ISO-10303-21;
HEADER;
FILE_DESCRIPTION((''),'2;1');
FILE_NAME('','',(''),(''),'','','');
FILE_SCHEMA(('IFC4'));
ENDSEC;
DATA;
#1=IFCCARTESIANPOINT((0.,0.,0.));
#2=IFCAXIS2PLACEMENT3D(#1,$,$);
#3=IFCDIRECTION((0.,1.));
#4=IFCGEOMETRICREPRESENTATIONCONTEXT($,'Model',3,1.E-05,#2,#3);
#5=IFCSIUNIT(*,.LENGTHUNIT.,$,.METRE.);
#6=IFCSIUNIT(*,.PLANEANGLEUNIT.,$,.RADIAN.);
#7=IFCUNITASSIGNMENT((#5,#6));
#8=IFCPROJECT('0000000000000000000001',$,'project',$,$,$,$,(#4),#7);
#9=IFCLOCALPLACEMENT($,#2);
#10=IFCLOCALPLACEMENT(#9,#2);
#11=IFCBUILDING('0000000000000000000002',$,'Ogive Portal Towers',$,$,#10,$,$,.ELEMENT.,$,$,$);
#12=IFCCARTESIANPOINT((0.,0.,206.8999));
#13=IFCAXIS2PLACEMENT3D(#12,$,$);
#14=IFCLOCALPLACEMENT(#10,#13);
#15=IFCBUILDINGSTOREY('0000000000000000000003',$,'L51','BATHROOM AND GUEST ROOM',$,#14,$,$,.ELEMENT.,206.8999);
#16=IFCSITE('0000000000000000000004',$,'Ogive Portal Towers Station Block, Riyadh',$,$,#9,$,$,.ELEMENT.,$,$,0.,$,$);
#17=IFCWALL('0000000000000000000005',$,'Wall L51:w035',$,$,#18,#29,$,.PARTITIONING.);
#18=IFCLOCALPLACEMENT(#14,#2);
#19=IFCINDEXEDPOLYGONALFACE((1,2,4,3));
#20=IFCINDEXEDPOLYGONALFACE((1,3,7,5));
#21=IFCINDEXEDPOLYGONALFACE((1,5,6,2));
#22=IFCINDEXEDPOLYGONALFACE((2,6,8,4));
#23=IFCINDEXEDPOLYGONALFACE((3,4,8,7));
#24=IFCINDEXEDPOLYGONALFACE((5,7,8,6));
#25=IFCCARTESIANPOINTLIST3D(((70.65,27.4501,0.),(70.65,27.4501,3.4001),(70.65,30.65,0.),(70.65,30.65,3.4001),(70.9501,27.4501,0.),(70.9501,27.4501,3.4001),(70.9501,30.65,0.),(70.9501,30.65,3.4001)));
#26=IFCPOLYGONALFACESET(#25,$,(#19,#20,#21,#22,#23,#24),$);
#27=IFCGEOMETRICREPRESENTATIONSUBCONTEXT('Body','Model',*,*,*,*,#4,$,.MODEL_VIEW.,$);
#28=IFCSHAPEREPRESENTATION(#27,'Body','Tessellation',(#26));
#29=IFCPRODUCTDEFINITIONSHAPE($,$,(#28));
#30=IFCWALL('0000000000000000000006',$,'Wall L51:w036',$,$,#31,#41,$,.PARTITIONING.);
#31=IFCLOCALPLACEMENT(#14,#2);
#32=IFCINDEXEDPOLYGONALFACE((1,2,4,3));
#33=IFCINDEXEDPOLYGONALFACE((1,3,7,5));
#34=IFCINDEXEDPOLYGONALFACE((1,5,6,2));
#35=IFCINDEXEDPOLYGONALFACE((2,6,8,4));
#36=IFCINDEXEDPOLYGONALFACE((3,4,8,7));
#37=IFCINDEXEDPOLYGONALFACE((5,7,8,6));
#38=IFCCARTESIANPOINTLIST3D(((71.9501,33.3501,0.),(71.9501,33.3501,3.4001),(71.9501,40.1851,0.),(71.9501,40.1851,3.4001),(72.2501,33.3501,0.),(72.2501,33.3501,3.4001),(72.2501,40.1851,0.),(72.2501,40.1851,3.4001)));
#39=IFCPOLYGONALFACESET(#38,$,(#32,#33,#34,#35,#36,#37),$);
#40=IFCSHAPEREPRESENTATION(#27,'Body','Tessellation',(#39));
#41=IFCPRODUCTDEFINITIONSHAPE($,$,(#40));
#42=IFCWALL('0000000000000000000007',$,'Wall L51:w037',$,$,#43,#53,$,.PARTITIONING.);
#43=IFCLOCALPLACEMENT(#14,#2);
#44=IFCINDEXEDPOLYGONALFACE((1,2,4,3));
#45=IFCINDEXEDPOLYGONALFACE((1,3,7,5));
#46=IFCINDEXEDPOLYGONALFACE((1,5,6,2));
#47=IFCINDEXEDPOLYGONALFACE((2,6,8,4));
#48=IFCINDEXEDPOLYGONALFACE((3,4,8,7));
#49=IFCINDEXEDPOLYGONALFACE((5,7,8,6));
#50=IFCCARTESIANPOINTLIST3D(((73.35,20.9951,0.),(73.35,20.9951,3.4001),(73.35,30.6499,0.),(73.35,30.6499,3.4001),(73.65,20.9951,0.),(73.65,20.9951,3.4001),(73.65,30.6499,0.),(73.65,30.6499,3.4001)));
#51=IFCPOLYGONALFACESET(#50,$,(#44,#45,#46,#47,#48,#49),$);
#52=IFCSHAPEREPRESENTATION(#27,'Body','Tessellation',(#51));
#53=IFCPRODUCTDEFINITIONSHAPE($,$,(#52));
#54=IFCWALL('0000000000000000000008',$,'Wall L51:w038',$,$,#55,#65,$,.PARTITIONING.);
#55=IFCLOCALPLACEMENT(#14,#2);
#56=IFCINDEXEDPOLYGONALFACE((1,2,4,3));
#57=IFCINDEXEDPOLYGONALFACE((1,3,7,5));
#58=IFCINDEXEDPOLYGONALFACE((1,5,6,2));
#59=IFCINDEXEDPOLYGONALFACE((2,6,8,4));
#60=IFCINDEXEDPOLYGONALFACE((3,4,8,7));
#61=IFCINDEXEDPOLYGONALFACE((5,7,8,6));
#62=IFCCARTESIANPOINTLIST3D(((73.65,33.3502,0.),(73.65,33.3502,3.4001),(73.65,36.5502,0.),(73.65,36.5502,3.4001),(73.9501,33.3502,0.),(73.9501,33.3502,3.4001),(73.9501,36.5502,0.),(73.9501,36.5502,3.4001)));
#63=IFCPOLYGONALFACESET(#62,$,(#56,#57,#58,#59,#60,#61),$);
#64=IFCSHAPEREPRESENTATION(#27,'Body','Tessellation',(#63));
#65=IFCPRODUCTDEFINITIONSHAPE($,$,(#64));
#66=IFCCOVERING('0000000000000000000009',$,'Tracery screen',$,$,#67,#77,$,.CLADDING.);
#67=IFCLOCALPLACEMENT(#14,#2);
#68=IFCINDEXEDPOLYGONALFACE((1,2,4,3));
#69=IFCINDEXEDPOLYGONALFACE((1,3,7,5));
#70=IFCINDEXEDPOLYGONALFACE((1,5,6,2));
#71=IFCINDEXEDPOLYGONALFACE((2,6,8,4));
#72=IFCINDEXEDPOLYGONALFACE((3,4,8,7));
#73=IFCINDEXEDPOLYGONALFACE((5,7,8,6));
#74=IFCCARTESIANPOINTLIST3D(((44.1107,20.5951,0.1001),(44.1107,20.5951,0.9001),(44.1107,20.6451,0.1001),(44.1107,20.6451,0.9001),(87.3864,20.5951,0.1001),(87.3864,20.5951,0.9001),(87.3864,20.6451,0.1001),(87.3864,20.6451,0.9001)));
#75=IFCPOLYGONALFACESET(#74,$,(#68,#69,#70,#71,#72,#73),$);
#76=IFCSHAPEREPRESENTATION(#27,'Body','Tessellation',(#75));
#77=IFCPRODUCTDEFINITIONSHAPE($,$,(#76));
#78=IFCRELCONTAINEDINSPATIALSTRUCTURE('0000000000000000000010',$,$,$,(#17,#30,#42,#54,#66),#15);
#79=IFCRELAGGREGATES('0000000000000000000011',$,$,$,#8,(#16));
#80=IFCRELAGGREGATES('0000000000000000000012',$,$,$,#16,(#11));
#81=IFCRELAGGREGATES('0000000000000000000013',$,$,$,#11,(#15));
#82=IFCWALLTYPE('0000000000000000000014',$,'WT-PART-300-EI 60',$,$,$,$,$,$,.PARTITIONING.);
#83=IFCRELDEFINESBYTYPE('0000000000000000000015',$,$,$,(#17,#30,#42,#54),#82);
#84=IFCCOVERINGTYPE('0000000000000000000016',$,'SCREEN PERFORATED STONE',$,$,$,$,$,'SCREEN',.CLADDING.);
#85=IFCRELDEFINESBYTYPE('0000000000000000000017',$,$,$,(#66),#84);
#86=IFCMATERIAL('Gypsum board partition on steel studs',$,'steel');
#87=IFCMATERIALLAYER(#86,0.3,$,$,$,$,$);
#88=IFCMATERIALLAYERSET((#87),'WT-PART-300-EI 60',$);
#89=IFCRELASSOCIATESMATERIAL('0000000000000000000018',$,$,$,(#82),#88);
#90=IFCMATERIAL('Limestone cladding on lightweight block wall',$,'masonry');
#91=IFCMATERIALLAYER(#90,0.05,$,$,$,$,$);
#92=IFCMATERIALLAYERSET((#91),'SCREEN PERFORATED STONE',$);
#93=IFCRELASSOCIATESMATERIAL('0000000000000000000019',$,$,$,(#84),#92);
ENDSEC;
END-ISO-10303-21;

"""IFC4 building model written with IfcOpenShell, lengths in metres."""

from ifc_helpers import new_model, si_unit, direction, frame, frame_2d, origin, origin_2d, place, context, subcontext, project, spatial, rectangle, extrude, material, layer, layer_set, type_object, element, save


model = new_model("IFC4")

# Units and contexts
model_context = context("Model", 3, precision=1e-05, world=origin(), true_north=direction((0.0, 1.0)))
body_context = subcontext(model_context, "Body", "Model", "MODEL_VIEW")
ifc_project = project(units=[si_unit("LENGTHUNIT", "METRE"), si_unit("PLANEANGLEUNIT", "RADIAN")], contexts=[model_context])

# Site, building, storey
site_placement = place(None, origin())
site = spatial("IfcSite", under=ifc_project, at=site_placement, Name="Ogive Portal Towers Station Block, Riyadh", CompositionType="ELEMENT", RefElevation=0.0)
building_placement = place(site_placement, origin())
building = spatial("IfcBuilding", under=site, at=building_placement, Name="Ogive Portal Towers", CompositionType="ELEMENT")
storey_placement = place(building_placement, frame((0.0, 0.0, 206.8999)))
storey = spatial("IfcBuildingStorey", under=building, at=storey_placement, Name="L51", Description="BATHROOM AND GUEST ROOM", CompositionType="ELEMENT", Elevation=206.8999)

# Shared definitions
ifc_material_1 = material(Name="Gypsum board partition on steel studs", Category="steel")
ifc_layer_1 = layer(ifc_material_1, 0.3)
ifc_layer_set_1 = layer_set([ifc_layer_1], Name="WT-PART-300-EI 60")
wall_type = type_object("IfcWallType", Name="WT-PART-300-EI 60", PredefinedType="PARTITIONING", material=ifc_layer_set_1)

# Walls
wall_1_placement = place(storey_placement, frame((70.8, 27.45, 0.0), z_axis=(0.0, 0.0, 1.0), x_axis=(0.0, 1.0, 0.0)))
element("IfcWall", 1, at=wall_1_placement, inside=storey, type_object=wall_type, Name="Wall L51:w035", PredefinedType="PARTITIONING", context=body_context, shape_type="SweptSolid", body=[
    extrude(rectangle(XDim=3.2, YDim=0.3, at=frame_2d((1.6001, 0.0))), origin(), (0.0, 0.0, 1.0), 3.4001),
])
wall_2_placement = place(storey_placement, frame((72.1001, 33.3501, 0.0), z_axis=(0.0, 0.0, 1.0), x_axis=(0.0, 1.0, 0.0)))
element("IfcWall", 2, at=wall_2_placement, inside=storey, type_object=wall_type, Name="Wall L51:w036", PredefinedType="PARTITIONING", context=body_context, shape_type="SweptSolid", body=[
    extrude(rectangle(XDim=6.835, YDim=0.3, at=frame_2d((3.4175, 0.0))), origin(), (0.0, 0.0, 1.0), 3.4001),
])
wall_3_placement = place(storey_placement, frame((73.5, 20.9951, 0.0), z_axis=(0.0, 0.0, 1.0), x_axis=(0.0, 1.0, 0.0)))
element("IfcWall", 3, at=wall_3_placement, inside=storey, type_object=wall_type, Name="Wall L51:w037", PredefinedType="PARTITIONING", context=body_context, shape_type="SweptSolid", body=[
    extrude(rectangle(XDim=9.6548, YDim=0.3, at=frame_2d((4.8274, 0.0))), origin(), (0.0, 0.0, 1.0), 3.4001),
])
wall_4_placement = place(storey_placement, frame((73.8, 33.3501, 0.0), z_axis=(0.0, 0.0, 1.0), x_axis=(0.0, 1.0, 0.0)))
element("IfcWall", 4, at=wall_4_placement, inside=storey, type_object=wall_type, Name="Wall L51:w038", PredefinedType="PARTITIONING", context=body_context, shape_type="SweptSolid", body=[
    extrude(rectangle(XDim=3.2, YDim=0.3, at=frame_2d((1.6001, 0.0))), origin(), (0.0, 0.0, 1.0), 3.4001),
])

# Covering
ifc_material_2 = material(Name="Limestone cladding on lightweight block wall", Category="masonry")
ifc_layer_2 = layer(ifc_material_2, 0.05)
ifc_layer_set_2 = layer_set([ifc_layer_2], Name="SCREEN PERFORATED STONE")
covering_type = type_object("IfcCoveringType", Name="SCREEN PERFORATED STONE", ElementType="SCREEN", PredefinedType="CLADDING", material=ifc_layer_set_2)
covering_placement = place(storey_placement, frame((65.7485, 20.6201, 0.1001), z_axis=(0.0, 0.0, 1.0), x_axis=(1.0, 0.0, 0.0)))
element("IfcCovering", 5, at=covering_placement, inside=storey, type_object=covering_type, Name="Tracery screen", PredefinedType="CLADDING", context=body_context, shape_type="SweptSolid", body=[
    extrude(rectangle(XDim=43.2756, YDim=0.05, at=origin_2d()), origin(), (0.0, 0.0, 1.0), 0.8),
])

save(model, "model.ifc")
